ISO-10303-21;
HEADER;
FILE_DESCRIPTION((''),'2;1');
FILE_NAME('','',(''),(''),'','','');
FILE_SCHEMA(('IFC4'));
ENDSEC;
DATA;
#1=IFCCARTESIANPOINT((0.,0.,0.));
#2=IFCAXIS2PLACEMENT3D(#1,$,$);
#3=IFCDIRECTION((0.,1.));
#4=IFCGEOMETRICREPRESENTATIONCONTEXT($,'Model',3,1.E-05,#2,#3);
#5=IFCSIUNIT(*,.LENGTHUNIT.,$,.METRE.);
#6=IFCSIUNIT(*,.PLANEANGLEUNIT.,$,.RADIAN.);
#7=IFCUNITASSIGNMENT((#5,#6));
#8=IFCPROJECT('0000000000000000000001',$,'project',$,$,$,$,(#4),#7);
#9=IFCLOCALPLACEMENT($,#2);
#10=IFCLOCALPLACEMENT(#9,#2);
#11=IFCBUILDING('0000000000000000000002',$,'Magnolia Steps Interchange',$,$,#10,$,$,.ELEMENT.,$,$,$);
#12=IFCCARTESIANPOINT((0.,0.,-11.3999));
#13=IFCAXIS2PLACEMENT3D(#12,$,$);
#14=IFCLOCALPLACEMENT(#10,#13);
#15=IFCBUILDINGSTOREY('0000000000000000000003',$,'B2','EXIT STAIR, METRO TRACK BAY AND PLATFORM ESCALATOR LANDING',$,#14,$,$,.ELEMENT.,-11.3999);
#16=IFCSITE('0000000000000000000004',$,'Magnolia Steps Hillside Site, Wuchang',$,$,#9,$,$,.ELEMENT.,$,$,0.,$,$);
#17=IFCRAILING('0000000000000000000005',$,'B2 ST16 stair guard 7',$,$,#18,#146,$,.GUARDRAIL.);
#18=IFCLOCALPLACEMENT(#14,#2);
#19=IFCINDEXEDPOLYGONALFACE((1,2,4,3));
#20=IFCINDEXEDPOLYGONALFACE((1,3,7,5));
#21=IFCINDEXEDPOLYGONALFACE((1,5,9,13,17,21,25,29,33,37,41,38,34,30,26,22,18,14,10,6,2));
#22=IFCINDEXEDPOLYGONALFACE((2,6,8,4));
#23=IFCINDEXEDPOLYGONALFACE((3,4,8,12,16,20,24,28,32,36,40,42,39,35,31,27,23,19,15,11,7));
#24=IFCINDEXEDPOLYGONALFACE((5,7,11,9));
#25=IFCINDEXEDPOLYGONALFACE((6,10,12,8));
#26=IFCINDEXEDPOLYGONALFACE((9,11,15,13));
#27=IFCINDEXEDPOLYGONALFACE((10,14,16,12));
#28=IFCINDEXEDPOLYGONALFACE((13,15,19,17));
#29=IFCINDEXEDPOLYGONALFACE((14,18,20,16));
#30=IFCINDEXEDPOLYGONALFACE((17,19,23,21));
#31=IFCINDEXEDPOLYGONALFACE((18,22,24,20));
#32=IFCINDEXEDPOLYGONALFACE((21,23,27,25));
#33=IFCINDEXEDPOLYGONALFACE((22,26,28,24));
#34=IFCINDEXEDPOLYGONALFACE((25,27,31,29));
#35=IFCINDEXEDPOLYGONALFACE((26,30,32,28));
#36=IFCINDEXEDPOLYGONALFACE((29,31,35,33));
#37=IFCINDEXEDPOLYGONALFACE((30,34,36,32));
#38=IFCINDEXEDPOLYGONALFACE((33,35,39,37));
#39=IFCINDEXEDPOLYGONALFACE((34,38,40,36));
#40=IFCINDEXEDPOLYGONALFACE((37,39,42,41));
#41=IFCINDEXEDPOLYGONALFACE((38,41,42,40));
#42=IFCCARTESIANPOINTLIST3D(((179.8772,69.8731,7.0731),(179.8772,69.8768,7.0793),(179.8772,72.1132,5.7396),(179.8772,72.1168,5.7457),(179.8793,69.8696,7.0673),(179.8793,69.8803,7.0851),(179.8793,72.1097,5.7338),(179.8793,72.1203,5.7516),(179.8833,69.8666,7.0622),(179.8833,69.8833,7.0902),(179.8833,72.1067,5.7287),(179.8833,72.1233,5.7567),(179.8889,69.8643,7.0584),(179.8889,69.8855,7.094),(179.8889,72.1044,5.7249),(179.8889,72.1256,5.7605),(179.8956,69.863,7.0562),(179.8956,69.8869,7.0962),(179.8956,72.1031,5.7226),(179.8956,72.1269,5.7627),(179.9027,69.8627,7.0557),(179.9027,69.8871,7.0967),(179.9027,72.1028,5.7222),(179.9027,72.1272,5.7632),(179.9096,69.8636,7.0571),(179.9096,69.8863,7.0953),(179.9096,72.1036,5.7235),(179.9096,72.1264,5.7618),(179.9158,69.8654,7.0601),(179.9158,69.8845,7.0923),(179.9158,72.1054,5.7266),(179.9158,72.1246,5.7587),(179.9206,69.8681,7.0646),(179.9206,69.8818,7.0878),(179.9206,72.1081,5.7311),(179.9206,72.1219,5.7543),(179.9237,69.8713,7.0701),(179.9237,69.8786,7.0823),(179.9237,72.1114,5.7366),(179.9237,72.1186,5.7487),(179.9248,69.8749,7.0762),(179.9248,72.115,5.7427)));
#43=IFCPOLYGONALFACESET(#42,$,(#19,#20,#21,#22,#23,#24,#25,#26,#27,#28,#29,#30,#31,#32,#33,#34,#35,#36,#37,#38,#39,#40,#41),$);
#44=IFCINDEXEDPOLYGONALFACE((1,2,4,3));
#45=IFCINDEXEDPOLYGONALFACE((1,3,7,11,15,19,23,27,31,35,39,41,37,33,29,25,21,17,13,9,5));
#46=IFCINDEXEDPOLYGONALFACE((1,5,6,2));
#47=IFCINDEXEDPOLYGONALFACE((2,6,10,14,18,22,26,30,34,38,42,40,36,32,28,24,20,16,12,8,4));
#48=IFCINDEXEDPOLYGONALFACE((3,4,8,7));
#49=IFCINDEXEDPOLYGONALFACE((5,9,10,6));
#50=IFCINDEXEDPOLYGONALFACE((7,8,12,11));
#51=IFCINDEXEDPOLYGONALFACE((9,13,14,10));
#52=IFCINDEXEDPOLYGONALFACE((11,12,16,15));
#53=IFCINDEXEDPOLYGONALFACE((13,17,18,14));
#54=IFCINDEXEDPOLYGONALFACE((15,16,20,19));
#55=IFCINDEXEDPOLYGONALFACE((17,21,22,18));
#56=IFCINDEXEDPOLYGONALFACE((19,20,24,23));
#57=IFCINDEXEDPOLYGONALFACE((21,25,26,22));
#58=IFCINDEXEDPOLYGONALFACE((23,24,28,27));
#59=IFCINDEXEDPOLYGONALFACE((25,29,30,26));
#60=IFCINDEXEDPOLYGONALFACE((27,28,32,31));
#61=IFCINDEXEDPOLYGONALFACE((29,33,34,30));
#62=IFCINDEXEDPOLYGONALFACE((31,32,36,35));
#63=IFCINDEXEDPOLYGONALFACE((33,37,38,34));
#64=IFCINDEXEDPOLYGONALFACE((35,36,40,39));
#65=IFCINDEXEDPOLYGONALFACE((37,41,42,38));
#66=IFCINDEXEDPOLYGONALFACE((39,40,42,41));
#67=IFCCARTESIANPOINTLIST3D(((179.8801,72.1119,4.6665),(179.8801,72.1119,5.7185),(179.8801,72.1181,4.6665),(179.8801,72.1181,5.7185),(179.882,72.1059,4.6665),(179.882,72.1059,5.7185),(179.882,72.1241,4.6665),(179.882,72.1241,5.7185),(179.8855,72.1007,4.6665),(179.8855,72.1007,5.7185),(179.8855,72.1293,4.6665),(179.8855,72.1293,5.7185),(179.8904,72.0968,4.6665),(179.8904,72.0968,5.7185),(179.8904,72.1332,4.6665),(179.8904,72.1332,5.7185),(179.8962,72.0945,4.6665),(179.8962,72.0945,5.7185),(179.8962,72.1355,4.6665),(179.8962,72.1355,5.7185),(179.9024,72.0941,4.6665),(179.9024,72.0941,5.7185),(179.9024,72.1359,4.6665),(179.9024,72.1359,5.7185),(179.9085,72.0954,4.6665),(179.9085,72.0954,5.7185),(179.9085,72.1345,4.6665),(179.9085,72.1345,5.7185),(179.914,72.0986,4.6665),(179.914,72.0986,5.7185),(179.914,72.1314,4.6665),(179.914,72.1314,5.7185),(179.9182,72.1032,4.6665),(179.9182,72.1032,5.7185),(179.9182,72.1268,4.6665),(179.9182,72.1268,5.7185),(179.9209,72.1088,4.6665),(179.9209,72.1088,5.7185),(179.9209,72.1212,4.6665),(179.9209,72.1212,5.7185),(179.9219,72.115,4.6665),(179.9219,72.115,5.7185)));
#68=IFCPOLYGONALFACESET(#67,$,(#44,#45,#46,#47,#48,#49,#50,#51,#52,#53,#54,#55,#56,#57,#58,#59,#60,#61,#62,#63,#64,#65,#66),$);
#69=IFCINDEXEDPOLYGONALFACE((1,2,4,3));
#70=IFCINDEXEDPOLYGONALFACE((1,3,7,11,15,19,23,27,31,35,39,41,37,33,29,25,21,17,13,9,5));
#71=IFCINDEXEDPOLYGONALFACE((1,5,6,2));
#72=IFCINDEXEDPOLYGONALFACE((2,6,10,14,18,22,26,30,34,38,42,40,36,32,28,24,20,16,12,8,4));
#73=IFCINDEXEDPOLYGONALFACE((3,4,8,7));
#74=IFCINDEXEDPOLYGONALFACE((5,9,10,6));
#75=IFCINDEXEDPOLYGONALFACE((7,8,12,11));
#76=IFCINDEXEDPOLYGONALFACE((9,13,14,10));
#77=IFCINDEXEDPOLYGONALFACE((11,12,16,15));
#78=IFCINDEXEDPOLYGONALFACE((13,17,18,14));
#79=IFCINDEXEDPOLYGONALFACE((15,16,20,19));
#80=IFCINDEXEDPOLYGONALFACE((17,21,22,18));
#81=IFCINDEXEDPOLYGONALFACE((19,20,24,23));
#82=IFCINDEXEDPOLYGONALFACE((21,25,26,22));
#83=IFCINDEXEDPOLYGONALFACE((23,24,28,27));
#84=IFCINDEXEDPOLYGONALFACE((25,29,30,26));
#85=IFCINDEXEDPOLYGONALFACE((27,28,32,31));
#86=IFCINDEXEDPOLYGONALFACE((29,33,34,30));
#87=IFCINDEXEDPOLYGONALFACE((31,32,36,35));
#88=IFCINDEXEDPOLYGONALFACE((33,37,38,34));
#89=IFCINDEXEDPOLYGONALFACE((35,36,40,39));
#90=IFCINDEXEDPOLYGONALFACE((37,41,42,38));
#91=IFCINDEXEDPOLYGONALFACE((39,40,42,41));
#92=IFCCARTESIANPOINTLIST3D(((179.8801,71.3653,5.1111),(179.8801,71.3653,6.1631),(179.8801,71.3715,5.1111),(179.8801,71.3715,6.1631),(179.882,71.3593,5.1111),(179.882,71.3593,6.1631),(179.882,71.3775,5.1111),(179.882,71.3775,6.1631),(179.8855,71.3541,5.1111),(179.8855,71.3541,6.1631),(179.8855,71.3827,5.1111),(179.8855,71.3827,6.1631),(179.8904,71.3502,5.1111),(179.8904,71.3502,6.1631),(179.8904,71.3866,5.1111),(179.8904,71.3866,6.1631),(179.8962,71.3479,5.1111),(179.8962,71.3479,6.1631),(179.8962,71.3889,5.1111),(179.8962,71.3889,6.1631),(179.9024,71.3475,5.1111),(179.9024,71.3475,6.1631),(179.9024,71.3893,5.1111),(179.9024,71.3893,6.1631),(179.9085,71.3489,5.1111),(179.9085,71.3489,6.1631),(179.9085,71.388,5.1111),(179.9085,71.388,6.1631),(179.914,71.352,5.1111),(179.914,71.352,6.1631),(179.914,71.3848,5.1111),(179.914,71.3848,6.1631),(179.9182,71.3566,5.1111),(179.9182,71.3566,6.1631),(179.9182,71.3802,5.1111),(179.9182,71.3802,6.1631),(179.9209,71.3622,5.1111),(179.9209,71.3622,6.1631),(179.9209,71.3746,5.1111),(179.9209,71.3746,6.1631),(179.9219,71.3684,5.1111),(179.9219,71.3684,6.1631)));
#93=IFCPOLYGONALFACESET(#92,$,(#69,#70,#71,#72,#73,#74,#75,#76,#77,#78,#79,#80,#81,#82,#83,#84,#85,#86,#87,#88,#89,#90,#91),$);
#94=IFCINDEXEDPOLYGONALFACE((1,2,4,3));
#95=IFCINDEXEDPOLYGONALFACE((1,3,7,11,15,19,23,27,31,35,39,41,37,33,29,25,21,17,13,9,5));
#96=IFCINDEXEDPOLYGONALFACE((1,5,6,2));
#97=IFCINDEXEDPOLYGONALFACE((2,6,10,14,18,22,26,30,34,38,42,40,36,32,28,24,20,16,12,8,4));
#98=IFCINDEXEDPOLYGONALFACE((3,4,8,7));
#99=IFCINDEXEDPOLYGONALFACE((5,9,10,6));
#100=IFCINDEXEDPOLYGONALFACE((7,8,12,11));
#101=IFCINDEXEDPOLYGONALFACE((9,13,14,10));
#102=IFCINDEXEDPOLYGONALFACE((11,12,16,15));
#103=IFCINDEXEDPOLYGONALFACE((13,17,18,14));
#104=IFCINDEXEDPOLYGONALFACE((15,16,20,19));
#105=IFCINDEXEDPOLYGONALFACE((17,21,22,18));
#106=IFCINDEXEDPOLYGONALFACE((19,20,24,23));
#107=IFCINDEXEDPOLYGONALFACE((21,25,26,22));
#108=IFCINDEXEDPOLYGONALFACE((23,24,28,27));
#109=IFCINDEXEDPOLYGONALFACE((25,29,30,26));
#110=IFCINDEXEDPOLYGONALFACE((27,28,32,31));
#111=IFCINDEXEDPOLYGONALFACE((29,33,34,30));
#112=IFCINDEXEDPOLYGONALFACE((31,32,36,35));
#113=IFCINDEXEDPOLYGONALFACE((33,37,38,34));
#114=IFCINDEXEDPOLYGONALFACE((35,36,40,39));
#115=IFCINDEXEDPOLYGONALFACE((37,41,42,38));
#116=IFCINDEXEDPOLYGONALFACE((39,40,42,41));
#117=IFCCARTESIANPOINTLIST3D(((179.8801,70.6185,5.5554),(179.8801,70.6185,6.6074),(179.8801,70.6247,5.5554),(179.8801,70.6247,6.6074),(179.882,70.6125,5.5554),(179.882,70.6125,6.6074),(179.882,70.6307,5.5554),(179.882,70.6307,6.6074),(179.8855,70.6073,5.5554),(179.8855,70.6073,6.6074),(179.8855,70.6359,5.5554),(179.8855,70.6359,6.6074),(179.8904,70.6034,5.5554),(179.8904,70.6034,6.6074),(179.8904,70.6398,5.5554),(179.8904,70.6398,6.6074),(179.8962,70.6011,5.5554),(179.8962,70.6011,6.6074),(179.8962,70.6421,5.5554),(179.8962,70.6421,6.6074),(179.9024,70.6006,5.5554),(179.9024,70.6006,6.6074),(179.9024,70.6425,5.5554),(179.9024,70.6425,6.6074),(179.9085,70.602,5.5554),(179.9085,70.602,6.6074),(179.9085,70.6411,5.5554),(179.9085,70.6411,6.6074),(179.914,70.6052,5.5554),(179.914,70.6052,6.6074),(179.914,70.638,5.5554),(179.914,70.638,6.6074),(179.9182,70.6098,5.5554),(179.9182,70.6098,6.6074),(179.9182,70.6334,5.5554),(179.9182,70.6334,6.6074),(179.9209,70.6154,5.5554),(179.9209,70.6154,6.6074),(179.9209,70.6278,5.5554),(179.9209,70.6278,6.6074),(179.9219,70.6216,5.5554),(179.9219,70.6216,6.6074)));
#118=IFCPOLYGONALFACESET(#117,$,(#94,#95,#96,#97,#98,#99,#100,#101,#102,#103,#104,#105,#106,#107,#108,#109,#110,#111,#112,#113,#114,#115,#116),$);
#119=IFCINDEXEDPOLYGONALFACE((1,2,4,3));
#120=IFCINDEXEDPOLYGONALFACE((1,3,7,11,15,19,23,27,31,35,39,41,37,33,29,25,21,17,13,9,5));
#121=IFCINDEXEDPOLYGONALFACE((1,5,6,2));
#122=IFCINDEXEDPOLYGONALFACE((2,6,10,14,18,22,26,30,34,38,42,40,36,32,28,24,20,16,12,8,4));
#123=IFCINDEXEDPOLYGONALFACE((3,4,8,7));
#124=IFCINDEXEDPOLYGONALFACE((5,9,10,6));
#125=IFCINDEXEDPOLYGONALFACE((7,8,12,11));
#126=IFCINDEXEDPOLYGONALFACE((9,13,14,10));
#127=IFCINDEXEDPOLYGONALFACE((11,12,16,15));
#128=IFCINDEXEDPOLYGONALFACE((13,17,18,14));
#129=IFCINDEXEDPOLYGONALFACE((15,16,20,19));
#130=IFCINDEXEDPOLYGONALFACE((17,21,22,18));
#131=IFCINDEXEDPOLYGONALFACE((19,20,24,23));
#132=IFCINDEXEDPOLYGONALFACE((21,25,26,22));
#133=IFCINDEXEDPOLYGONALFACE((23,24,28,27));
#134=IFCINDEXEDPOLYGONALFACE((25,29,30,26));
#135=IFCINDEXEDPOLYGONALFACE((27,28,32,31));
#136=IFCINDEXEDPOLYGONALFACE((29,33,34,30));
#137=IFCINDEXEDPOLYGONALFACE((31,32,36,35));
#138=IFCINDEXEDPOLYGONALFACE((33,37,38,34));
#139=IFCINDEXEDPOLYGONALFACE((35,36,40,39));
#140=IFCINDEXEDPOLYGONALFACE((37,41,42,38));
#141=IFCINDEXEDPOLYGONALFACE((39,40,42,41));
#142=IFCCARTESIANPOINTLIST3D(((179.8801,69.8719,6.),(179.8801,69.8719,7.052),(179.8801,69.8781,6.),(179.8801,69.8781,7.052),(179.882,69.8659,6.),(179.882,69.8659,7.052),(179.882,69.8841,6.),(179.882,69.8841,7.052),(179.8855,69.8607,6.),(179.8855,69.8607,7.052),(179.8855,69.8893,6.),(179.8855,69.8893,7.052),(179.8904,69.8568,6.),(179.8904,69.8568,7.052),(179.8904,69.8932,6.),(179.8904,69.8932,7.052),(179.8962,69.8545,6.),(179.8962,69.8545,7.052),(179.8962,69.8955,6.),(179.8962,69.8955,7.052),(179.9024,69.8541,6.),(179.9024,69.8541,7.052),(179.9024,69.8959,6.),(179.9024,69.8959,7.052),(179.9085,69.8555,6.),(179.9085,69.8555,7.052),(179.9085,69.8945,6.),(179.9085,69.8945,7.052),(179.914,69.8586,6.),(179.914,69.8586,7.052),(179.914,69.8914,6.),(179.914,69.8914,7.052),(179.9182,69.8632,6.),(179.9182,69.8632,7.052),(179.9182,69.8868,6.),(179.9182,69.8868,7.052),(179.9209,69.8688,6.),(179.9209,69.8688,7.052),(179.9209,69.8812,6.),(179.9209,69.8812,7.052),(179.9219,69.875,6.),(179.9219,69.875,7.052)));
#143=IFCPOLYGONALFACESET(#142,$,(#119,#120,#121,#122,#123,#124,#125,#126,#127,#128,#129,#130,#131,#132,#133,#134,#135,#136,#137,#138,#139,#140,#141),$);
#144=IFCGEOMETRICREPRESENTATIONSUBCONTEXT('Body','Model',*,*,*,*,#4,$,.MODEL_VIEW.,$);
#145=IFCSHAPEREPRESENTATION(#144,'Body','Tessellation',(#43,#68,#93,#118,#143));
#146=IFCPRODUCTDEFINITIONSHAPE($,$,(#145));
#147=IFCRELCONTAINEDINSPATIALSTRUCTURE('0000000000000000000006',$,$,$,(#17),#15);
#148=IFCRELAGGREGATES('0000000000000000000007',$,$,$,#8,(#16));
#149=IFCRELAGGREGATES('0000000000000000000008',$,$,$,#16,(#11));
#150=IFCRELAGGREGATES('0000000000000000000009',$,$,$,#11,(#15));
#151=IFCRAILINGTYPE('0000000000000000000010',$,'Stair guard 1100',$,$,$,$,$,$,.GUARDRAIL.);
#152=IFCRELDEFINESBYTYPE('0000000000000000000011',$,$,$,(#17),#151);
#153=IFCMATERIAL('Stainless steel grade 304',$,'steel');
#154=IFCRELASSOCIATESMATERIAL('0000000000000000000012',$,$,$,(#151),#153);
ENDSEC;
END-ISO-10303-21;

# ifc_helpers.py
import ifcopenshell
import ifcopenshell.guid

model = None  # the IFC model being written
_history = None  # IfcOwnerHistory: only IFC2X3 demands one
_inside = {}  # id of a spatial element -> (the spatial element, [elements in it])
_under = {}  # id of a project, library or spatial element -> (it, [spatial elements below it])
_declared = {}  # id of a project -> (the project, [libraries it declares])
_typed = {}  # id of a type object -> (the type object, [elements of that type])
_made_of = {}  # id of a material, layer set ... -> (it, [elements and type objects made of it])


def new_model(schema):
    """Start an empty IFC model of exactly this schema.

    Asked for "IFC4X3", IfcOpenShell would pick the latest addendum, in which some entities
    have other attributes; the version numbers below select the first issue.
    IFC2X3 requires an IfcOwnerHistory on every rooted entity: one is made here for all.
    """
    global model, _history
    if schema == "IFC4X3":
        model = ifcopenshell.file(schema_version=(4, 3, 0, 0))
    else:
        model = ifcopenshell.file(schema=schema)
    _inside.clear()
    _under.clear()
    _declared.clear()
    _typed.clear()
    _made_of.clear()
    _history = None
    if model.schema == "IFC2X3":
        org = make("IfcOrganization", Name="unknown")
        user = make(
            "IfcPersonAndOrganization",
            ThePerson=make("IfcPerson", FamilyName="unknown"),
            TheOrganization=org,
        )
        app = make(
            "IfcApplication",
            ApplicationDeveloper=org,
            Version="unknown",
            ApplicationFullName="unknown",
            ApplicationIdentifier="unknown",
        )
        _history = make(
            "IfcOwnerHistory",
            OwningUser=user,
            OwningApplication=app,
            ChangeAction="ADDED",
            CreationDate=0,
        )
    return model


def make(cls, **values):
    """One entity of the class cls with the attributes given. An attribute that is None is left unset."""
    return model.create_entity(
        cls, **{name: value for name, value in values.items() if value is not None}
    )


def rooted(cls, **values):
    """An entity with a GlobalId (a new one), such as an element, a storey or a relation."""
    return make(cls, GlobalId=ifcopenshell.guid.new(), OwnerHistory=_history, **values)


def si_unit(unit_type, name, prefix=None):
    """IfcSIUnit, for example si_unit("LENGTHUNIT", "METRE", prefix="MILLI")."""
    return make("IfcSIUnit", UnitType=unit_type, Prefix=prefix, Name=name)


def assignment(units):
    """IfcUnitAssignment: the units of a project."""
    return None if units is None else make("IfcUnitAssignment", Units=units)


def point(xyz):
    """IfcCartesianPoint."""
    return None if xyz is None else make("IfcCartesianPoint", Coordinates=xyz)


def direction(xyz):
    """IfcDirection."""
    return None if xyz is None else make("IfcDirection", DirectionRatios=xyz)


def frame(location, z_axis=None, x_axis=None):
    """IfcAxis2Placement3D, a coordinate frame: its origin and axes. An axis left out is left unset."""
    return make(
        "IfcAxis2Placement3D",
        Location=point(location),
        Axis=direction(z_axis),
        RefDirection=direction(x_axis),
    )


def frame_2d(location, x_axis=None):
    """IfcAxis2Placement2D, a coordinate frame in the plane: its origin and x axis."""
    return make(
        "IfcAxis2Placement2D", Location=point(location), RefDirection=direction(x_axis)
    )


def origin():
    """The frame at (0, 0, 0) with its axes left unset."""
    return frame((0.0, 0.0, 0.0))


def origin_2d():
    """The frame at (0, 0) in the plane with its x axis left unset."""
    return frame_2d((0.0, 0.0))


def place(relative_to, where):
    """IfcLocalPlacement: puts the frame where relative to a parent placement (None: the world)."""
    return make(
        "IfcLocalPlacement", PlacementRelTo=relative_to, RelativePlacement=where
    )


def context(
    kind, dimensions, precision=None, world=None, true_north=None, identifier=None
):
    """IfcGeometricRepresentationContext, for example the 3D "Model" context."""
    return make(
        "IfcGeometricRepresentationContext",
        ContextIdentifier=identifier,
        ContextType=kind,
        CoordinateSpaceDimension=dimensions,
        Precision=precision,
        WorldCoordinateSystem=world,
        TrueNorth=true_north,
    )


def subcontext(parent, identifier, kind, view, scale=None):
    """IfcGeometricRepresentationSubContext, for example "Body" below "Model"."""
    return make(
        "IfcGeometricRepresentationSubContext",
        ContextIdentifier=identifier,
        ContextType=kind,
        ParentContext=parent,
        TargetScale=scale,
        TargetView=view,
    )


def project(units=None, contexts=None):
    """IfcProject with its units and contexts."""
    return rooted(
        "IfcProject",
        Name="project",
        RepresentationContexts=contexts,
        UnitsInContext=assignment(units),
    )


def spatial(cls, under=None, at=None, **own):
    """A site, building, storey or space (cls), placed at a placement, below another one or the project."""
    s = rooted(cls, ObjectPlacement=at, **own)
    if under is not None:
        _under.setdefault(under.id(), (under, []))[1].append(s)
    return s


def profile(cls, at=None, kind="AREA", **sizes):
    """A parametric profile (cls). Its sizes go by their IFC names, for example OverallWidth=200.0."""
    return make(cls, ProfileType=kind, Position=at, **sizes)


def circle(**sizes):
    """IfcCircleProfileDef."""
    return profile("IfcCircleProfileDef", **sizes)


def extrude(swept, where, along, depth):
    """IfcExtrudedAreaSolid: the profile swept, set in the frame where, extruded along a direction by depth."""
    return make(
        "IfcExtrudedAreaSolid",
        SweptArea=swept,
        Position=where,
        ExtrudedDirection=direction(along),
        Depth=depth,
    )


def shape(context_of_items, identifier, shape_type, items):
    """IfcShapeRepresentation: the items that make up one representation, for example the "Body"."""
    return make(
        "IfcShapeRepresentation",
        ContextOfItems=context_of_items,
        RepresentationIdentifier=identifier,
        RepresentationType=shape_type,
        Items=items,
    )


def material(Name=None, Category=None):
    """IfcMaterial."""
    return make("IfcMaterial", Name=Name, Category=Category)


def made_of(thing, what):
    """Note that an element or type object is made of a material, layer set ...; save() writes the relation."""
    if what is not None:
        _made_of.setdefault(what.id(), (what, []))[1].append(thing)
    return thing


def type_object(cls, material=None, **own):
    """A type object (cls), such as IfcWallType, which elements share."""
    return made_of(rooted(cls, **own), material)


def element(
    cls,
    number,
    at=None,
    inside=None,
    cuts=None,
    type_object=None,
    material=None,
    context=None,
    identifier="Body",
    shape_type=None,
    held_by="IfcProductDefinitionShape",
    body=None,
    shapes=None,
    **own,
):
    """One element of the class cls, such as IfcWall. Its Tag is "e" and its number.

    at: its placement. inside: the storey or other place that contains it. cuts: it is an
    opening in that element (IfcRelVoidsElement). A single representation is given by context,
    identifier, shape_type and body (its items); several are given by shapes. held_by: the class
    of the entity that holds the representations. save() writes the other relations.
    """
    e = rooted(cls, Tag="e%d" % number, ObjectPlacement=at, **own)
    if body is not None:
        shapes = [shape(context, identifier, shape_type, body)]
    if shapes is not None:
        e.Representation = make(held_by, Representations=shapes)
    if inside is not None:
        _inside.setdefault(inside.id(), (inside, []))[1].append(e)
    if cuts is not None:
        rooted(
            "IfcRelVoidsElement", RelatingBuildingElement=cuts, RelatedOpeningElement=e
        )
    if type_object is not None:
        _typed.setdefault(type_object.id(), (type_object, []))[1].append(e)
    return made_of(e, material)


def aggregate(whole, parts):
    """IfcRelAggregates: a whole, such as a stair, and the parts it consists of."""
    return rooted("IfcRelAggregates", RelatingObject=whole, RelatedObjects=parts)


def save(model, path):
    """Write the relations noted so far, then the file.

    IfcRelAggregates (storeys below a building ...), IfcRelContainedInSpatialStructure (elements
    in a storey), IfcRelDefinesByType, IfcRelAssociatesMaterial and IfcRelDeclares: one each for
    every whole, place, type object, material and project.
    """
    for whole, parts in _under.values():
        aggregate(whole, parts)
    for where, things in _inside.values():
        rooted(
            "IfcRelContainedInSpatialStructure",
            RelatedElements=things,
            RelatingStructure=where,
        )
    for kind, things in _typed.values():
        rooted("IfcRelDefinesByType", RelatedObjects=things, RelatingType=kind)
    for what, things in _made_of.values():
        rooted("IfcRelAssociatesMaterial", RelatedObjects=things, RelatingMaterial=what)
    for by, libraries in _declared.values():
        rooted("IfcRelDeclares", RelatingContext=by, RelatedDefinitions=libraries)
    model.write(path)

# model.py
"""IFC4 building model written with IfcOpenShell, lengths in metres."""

from ifc_helpers import new_model, si_unit, direction, frame, origin, origin_2d, place, context, subcontext, project, spatial, circle, extrude, material, type_object, element, save


model = new_model("IFC4")

# Units and contexts
model_context = context("Model", 3, precision=1e-05, world=origin(), true_north=direction((0.0, 1.0)))
body_context = subcontext(model_context, "Body", "Model", "MODEL_VIEW")
ifc_project = project(units=[si_unit("LENGTHUNIT", "METRE"), si_unit("PLANEANGLEUNIT", "RADIAN")], contexts=[model_context])

# Site, building, storey
site_placement = place(None, origin())
site = spatial("IfcSite", under=ifc_project, at=site_placement, Name="Magnolia Steps Hillside Site, Wuchang", CompositionType="ELEMENT", RefElevation=0.0)
building_placement = place(site_placement, origin())
building = spatial("IfcBuilding", under=site, at=building_placement, Name="Magnolia Steps Interchange", CompositionType="ELEMENT")
storey_placement = place(building_placement, frame((0.0, 0.0, -11.3999)))
storey = spatial("IfcBuildingStorey", under=building, at=storey_placement, Name="B2", Description="EXIT STAIR, METRO TRACK BAY AND PLATFORM ESCALATOR LANDING", CompositionType="ELEMENT", Elevation=-11.3999)

# Railing
ifc_material_1 = material(Name="Stainless steel grade 304", Category="steel")
railing_type_1 = type_object("IfcRailingType", Name="Stair guard 1100", PredefinedType="GUARDRAIL", material=ifc_material_1)
railing_1_placement = place(storey_placement, frame((179.9009, 72.115, 4.6665)))
element("IfcRailing", 1, at=railing_1_placement, inside=storey, type_object=railing_type_1, Name="B2 ST16 stair guard 7", PredefinedType="GUARDRAIL", context=body_context, shape_type="SweptSolid", body=[
    extrude(circle(Radius=0.0239, at=origin_2d()), frame((0.0, 0.0, 1.0762), z_axis=(0.0, -0.859264, 0.511532), x_axis=(1.0, 0.0, 0.0)), (0.0, 0.0, 1.0), 2.6069),
    extrude(circle(Radius=0.021, at=origin_2d()), origin(), (0.0, 0.0, 1.0), 1.052),
    extrude(circle(Radius=0.021, at=origin_2d()), frame((0.0, -0.7466, 0.4446)), (0.0, 0.0, 1.0), 1.052),
    extrude(circle(Radius=0.021, at=origin_2d()), frame((0.0, -1.4934, 0.8889)), (0.0, 0.0, 1.0), 1.052),
    extrude(circle(Radius=0.021, at=origin_2d()), frame((0.0, -2.24, 1.3335)), (0.0, 0.0, 1.0), 1.052),
])

save(model, "model.ifc")
